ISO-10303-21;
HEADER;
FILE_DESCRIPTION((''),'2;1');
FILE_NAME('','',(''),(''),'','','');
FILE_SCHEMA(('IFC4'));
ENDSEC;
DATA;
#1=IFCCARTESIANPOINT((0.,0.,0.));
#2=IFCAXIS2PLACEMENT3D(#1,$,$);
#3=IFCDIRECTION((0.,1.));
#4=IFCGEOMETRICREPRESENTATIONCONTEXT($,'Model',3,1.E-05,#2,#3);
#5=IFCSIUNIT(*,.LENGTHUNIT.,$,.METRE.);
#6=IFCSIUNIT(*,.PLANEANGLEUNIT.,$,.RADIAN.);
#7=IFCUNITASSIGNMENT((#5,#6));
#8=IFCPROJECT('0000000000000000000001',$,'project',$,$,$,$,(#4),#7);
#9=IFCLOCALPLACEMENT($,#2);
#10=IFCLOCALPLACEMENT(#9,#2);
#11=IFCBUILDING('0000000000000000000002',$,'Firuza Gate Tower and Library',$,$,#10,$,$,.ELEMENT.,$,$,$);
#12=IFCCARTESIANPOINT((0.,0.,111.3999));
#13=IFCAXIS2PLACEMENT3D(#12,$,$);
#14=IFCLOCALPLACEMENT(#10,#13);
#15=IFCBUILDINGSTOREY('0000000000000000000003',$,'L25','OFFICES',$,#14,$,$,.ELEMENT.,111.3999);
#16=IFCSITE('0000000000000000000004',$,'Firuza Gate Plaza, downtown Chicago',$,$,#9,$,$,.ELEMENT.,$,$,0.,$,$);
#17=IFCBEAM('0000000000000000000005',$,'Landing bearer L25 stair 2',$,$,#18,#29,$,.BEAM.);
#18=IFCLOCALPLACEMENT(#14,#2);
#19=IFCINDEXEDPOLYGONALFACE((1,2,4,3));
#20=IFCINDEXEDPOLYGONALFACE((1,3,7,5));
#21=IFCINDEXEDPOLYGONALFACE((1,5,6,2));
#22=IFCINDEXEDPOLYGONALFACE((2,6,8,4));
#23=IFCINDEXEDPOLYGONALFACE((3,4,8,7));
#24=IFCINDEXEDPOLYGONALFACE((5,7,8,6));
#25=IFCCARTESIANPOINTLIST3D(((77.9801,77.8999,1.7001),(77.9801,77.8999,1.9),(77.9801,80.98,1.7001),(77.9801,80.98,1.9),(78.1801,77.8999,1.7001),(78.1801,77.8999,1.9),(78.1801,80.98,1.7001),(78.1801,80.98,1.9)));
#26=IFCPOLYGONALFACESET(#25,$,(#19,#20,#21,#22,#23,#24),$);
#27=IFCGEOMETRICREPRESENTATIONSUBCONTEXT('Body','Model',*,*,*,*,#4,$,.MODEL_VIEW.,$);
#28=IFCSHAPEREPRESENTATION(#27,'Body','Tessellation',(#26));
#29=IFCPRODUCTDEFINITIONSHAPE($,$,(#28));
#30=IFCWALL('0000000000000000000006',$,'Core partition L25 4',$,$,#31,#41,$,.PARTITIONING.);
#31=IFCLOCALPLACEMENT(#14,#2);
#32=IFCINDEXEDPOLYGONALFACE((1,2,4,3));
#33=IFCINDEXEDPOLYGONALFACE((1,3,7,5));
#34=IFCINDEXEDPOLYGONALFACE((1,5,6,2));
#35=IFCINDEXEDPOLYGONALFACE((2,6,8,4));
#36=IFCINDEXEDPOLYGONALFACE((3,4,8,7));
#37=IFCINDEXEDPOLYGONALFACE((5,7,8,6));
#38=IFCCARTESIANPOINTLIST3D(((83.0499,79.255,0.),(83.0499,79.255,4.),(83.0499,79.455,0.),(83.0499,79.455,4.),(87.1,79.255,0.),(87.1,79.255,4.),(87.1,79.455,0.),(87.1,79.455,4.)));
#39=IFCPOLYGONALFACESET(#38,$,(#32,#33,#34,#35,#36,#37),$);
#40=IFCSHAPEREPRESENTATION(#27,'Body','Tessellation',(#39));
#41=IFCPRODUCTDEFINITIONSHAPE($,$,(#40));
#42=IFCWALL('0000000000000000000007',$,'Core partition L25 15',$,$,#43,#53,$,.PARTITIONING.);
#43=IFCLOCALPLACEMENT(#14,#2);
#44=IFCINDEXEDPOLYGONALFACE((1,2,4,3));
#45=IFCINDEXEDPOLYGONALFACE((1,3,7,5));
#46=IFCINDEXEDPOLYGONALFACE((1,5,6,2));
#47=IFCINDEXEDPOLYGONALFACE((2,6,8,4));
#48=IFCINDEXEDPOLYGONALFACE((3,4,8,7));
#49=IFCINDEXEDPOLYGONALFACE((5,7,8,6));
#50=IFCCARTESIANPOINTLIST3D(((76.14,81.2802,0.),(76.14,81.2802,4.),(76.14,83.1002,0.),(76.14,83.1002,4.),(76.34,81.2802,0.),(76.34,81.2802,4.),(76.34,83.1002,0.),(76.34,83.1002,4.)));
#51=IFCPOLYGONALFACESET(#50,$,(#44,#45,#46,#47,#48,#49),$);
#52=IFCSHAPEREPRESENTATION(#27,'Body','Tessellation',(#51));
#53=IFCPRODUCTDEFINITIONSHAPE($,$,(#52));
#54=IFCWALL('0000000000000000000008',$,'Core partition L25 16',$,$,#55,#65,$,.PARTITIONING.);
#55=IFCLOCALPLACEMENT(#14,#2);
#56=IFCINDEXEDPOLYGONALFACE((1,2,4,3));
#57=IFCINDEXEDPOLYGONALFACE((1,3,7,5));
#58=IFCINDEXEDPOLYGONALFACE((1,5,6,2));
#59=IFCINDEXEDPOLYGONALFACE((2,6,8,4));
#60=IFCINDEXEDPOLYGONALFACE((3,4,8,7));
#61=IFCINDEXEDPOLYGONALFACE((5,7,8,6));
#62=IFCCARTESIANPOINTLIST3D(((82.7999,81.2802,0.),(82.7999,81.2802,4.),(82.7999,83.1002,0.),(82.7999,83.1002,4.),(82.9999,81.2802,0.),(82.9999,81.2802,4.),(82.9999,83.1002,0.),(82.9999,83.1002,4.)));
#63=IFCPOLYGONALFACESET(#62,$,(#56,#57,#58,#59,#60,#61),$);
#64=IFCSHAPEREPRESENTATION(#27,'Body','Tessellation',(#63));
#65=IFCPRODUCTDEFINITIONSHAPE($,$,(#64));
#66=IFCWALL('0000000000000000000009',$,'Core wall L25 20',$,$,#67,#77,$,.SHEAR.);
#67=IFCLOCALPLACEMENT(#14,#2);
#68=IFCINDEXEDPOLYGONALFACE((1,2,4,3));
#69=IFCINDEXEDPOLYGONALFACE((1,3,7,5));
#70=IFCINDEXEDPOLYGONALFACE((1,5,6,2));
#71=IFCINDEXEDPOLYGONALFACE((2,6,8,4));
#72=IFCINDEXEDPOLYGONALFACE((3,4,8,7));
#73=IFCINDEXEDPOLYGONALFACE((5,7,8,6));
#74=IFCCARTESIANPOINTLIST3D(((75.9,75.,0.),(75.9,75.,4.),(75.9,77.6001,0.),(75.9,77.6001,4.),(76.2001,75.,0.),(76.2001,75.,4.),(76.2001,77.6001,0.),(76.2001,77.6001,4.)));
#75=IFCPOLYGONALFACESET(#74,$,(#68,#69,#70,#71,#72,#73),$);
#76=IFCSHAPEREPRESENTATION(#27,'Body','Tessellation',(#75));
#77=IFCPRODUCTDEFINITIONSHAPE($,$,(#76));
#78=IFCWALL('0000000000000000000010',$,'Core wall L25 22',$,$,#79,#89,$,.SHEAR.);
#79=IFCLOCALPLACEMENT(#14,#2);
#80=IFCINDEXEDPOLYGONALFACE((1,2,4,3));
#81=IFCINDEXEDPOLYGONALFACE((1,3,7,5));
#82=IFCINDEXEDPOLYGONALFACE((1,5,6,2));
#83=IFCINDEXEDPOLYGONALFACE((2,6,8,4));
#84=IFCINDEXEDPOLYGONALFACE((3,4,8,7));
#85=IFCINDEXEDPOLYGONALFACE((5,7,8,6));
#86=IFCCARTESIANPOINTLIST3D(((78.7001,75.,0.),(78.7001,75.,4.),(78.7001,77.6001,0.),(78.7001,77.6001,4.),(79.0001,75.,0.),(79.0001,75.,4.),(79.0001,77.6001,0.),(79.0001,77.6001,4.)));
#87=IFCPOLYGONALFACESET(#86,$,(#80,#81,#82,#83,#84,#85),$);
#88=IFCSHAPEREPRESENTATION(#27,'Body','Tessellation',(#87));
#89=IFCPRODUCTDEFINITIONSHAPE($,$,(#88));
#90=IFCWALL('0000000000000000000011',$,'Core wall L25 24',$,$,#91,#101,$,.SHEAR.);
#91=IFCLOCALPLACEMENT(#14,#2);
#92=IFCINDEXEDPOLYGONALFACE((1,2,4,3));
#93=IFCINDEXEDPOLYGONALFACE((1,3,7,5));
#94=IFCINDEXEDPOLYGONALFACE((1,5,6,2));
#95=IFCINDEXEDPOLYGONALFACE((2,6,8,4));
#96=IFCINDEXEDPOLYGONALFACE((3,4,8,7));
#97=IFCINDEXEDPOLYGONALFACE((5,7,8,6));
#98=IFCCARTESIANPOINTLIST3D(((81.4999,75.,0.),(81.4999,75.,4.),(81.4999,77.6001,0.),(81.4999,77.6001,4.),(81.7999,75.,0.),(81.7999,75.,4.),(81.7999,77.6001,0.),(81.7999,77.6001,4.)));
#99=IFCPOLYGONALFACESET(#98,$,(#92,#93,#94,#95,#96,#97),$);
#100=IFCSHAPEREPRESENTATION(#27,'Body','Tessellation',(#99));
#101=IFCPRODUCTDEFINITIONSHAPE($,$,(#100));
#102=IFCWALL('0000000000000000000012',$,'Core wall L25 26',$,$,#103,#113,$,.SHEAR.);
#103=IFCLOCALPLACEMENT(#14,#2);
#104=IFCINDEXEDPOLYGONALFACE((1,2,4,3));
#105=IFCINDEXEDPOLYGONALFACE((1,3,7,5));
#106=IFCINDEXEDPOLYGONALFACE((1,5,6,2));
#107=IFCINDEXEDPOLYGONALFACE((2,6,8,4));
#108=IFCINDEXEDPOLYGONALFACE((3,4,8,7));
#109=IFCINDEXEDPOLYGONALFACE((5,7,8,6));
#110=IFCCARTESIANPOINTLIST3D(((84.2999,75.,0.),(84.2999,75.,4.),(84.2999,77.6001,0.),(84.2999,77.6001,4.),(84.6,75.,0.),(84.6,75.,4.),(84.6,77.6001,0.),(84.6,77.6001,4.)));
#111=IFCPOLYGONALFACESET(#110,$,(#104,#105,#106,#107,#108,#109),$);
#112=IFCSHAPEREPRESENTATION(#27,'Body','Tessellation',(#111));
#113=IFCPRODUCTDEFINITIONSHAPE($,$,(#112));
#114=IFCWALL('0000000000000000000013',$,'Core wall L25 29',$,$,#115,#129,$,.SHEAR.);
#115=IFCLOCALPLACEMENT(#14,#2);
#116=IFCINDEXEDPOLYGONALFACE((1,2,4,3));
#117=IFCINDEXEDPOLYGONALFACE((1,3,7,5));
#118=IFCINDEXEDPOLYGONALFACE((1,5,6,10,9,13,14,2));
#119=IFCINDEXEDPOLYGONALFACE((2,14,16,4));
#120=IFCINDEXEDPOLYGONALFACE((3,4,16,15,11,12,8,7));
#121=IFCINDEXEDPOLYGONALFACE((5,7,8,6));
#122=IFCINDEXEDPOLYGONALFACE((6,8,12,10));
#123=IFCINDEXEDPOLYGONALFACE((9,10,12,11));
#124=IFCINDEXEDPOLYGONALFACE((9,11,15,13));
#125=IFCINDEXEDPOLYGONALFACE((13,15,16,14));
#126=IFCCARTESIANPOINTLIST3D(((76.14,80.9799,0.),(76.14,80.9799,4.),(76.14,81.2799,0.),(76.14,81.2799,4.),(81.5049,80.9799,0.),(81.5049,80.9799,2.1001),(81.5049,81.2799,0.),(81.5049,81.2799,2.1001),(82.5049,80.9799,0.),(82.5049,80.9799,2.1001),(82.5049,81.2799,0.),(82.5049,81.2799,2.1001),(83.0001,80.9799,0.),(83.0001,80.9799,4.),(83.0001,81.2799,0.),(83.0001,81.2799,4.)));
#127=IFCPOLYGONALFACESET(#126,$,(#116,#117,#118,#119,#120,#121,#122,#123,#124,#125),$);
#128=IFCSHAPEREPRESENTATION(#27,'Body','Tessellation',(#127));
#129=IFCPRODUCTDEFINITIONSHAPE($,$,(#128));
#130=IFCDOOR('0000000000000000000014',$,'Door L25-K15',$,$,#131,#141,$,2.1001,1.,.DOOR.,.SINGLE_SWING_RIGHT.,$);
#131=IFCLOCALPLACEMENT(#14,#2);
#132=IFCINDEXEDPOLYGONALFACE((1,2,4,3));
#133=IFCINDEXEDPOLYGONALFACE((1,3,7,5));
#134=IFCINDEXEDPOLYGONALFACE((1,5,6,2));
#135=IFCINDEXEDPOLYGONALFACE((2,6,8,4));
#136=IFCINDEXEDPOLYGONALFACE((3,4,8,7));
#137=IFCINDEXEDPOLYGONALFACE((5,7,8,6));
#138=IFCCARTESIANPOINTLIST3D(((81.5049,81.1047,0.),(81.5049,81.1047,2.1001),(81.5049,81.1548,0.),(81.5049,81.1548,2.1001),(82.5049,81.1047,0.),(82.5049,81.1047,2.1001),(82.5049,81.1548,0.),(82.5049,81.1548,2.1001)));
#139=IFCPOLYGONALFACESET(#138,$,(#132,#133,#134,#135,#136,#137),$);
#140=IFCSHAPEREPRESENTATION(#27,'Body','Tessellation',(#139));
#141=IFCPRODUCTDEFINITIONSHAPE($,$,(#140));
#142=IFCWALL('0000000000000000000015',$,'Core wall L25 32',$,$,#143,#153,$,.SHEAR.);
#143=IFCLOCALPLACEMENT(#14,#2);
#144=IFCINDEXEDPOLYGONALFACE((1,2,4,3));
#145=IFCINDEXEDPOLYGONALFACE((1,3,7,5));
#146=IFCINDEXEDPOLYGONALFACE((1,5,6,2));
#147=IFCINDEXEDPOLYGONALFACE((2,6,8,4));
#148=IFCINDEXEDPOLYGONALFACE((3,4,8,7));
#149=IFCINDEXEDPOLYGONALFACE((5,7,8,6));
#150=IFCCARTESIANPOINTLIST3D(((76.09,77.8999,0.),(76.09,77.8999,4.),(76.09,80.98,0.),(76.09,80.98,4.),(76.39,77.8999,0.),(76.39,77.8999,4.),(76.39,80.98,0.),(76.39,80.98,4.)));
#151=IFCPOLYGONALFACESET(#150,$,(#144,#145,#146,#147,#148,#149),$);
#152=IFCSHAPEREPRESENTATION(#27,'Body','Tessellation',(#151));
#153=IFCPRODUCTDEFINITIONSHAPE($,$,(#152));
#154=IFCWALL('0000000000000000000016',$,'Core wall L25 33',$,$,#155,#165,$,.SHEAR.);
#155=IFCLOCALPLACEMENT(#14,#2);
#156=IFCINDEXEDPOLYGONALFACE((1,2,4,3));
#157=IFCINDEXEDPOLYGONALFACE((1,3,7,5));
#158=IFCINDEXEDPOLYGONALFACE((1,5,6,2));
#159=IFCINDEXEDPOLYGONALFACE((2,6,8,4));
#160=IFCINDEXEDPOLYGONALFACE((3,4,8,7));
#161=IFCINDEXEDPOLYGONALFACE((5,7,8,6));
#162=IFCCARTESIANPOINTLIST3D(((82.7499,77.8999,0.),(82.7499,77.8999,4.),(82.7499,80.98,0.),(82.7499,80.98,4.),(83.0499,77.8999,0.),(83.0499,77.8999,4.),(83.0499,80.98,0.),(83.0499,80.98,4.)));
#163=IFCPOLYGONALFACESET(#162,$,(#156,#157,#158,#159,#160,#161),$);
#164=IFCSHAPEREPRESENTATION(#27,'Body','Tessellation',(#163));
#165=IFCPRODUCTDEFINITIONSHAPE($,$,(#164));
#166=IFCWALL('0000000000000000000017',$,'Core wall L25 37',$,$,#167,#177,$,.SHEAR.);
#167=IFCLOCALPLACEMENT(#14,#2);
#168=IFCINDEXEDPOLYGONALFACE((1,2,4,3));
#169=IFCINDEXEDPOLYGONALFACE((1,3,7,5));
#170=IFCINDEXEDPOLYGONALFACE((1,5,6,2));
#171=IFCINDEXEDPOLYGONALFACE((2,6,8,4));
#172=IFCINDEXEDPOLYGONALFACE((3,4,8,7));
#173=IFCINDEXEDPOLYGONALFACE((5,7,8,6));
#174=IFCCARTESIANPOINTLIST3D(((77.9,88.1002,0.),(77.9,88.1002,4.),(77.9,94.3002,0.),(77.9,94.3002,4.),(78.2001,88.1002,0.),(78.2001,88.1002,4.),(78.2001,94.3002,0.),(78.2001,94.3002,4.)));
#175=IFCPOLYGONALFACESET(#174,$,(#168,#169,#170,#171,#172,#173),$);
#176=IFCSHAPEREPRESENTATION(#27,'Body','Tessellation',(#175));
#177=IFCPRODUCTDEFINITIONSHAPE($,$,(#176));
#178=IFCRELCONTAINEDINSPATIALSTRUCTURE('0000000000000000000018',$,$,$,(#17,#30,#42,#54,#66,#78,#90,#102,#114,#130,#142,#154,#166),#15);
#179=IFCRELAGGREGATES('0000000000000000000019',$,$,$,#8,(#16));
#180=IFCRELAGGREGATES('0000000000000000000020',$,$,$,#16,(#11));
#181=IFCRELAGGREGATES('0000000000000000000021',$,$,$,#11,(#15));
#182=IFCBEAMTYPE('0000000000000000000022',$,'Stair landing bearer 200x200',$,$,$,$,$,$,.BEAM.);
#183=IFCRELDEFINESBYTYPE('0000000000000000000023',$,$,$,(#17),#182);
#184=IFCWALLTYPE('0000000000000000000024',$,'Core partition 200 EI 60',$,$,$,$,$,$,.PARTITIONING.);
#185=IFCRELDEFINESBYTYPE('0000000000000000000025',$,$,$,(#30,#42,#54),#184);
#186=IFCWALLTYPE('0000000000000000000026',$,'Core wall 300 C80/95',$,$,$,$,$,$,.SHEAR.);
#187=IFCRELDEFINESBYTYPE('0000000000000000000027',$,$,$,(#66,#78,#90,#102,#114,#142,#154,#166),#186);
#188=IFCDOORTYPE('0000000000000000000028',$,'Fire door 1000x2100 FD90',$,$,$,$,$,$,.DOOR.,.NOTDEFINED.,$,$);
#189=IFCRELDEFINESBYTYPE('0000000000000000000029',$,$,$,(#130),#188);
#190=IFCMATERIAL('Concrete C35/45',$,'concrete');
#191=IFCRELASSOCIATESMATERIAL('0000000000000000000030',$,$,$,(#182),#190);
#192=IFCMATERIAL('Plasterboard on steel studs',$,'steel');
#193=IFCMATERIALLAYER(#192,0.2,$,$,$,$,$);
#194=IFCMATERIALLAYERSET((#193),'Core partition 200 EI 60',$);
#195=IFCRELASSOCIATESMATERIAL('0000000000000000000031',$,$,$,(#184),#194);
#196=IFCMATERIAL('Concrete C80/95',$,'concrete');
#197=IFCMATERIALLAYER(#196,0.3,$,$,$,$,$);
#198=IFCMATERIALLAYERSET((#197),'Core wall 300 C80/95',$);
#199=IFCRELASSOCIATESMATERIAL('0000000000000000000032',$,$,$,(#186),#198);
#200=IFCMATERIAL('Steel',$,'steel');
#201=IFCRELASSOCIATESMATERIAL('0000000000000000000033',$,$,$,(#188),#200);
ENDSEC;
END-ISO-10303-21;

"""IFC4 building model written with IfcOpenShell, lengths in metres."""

from ifc_helpers import new_model, si_unit, direction, frame, frame_2d, origin, origin_2d, place, context, subcontext, project, spatial, rectangle, extrude, material, layer, layer_set, material_profile, profile_set, type_object, element, fill, save


model = new_model("IFC4")

# Units and contexts
model_context = context("Model", 3, precision=1e-05, world=origin(), true_north=direction((0.0, 1.0)))
body_context = subcontext(model_context, "Body", "Model", "MODEL_VIEW")
ifc_project = project(units=[si_unit("LENGTHUNIT", "METRE"), si_unit("PLANEANGLEUNIT", "RADIAN")], contexts=[model_context])

# Site, building, storey
site_placement = place(None, origin())
site = spatial("IfcSite", under=ifc_project, at=site_placement, Name="Firuza Gate Plaza, downtown Chicago", CompositionType="ELEMENT", RefElevation=0.0)
building_placement = place(site_placement, origin())
building = spatial("IfcBuilding", under=site, at=building_placement, Name="Firuza Gate Tower and Library", CompositionType="ELEMENT")
storey_placement = place(building_placement, frame((0.0, 0.0, 111.3999)))
storey = spatial("IfcBuildingStorey", under=building, at=storey_placement, Name="L25", Description="OFFICES", CompositionType="ELEMENT", Elevation=111.3999)

# Beam
ifc_material_1 = material(Name="Concrete C35/45", Category="concrete")
ifc_material_profile = material_profile(ifc_material_1, rectangle(XDim=0.2, YDim=0.2, at=origin_2d()))
ifc_profile_set = profile_set([ifc_material_profile], Name="Concrete C35/45")
beam_type = type_object("IfcBeamType", Name="Stair landing bearer 200x200", PredefinedType="BEAM", material=ifc_profile_set)
beam_placement = place(storey_placement, frame((78.0801, 80.98, 1.8), z_axis=(0.0, -1.0, 0.0), x_axis=(1.0, 0.0, 0.0)))
element("IfcBeam", 1, at=beam_placement, inside=storey, type_object=beam_type, Name="Landing bearer L25 stair 2", PredefinedType="BEAM", context=body_context, shape_type="SweptSolid", body=[
    extrude(rectangle(XDim=0.2, YDim=0.2, at=origin_2d()), origin(), (0.0, 0.0, 1.0), 3.0801),
])

# Walls
ifc_material_2 = material(Name="Plasterboard on steel studs", Category="steel")
ifc_layer_1 = layer(ifc_material_2, 0.2)
ifc_layer_set_1 = layer_set([ifc_layer_1], Name="Core partition 200 EI 60")
wall_type_1 = type_object("IfcWallType", Name="Core partition 200 EI 60", PredefinedType="PARTITIONING", material=ifc_layer_set_1)
wall_1_placement = place(storey_placement, frame((83.05, 79.355, 0.0), z_axis=(0.0, 0.0, 1.0), x_axis=(1.0, 0.0, 0.0)))
element("IfcWall", 2, at=wall_1_placement, inside=storey, type_object=wall_type_1, Name="Core partition L25 4", PredefinedType="PARTITIONING", context=body_context, shape_type="SweptSolid", body=[
    extrude(rectangle(XDim=4.05, YDim=0.2, at=frame_2d((2.0249, 0.0))), origin(), (0.0, 0.0, 1.0), 4.0),
])
for number, where, z_axis, x_axis, name in (
    (3, (76.24, 81.28, 0.0), (0.0, 0.0, 1.0), (0.0, 1.0, 0.0), "Core partition L25 15"),
    (4, (82.8999, 81.28, 0.0), (0.0, 0.0, 1.0), (0.0, 1.0, 0.0), "Core partition L25 16"),
):
    element("IfcWall", number, at=place(storey_placement, frame(where, z_axis=z_axis, x_axis=x_axis)), inside=storey, type_object=wall_type_1, Name=name, PredefinedType="PARTITIONING", context=body_context, shape_type="SweptSolid", body=[
        extrude(rectangle(XDim=1.8201, YDim=0.2, at=frame_2d((0.9102, 0.0))), origin(), (0.0, 0.0, 1.0), 4.0),
    ])
ifc_material_3 = material(Name="Concrete C80/95", Category="concrete")
ifc_layer_2 = layer(ifc_material_3, 0.3)
ifc_layer_set_2 = layer_set([ifc_layer_2], Name="Core wall 300 C80/95")
wall_type_2 = type_object("IfcWallType", Name="Core wall 300 C80/95", PredefinedType="SHEAR", material=ifc_layer_set_2)
for number, where, z_axis, x_axis, name in (
    (5, (76.05, 75.0, 0.0), (0.0, 0.0, 1.0), (0.0, 1.0, 0.0), "Core wall L25 20"),
    (6, (78.8501, 75.0, 0.0), (0.0, 0.0, 1.0), (0.0, 1.0, 0.0), "Core wall L25 22"),
    (7, (81.6499, 75.0, 0.0), (0.0, 0.0, 1.0), (0.0, 1.0, 0.0), "Core wall L25 24"),
    (8, (84.45, 75.0, 0.0), (0.0, 0.0, 1.0), (0.0, 1.0, 0.0), "Core wall L25 26"),
):
    element("IfcWall", number, at=place(storey_placement, frame(where, z_axis=z_axis, x_axis=x_axis)), inside=storey, type_object=wall_type_2, Name=name, PredefinedType="SHEAR", context=body_context, shape_type="SweptSolid", body=[
        extrude(rectangle(XDim=2.6001, YDim=0.3, at=frame_2d((1.3, 0.0))), origin(), (0.0, 0.0, 1.0), 4.0),
    ])

# Wall, opening, door
wall_2_placement = place(storey_placement, frame((76.1399, 81.1299, 0.0), z_axis=(0.0, 0.0, 1.0), x_axis=(1.0, 0.0, 0.0)))
wall_2 = element("IfcWall", 9, at=wall_2_placement, inside=storey, type_object=wall_type_2, Name="Core wall L25 29", PredefinedType="SHEAR", context=body_context, shape_type="SweptSolid", body=[
    extrude(rectangle(XDim=6.8601, YDim=0.3, at=frame_2d((3.4302, 0.0))), origin(), (0.0, 0.0, 1.0), 4.0),
])
opening_1_placement = place(wall_2_placement, frame((5.365, 0.0, 0.0)))
opening_1 = element("IfcOpeningElement", 10, at=opening_1_placement, cuts=wall_2, PredefinedType="OPENING", context=body_context, shape_type="SweptSolid", body=[
    extrude(rectangle(XDim=1.0, YDim=2.1001, at=frame_2d((0.5, 1.05))), frame((0.0, 0.1602, 0.0), z_axis=(0.0, -1.0, 0.0), x_axis=(1.0, 0.0, 0.0)), (0.0, 0.0, 1.0), 0.3201),
])
ifc_material_4 = material(Name="Steel", Category="steel")
door_type_1 = type_object("IfcDoorType", Name="Fire door 1000x2100 FD90", OperationType="NOTDEFINED", PredefinedType="DOOR", material=ifc_material_4)
door_1_placement = place(opening_1_placement, origin())
door_1 = element("IfcDoor", 11, at=door_1_placement, inside=storey, type_object=door_type_1, Name="Door L25-K15", OperationType="SINGLE_SWING_RIGHT", OverallHeight=2.1001, OverallWidth=1.0, PredefinedType="DOOR", context=body_context, shape_type="SweptSolid", body=[
    extrude(rectangle(XDim=1.0, YDim=2.1001, at=frame_2d((0.5, 1.05))), frame((0.0, 0.0249, 0.0), z_axis=(0.0, -1.0, 0.0), x_axis=(1.0, 0.0, 0.0)), (0.0, 0.0, 1.0), 0.05),
])
fill(opening_1, door_1)

# Walls
for number, where, z_axis, x_axis, name in (
    (12, (76.24, 77.8999, 0.0), (0.0, 0.0, 1.0), (0.0, 1.0, 0.0), "Core wall L25 32"),
    (13, (82.8999, 77.8999, 0.0), (0.0, 0.0, 1.0), (0.0, 1.0, 0.0), "Core wall L25 33"),
):
    element("IfcWall", number, at=place(storey_placement, frame(where, z_axis=z_axis, x_axis=x_axis)), inside=storey, type_object=wall_type_2, Name=name, PredefinedType="SHEAR", context=body_context, shape_type="SweptSolid", body=[
        extrude(rectangle(XDim=3.0801, YDim=0.3, at=frame_2d((1.54, 0.0))), origin(), (0.0, 0.0, 1.0), 4.0),
    ])
wall_3_placement = place(storey_placement, frame((78.05, 88.1001, 0.0), z_axis=(0.0, 0.0, 1.0), x_axis=(0.0, 1.0, 0.0)))
element("IfcWall", 14, at=wall_3_placement, inside=storey, type_object=wall_type_2, Name="Core wall L25 37", PredefinedType="SHEAR", context=body_context, shape_type="SweptSolid", body=[
    extrude(rectangle(XDim=6.2, YDim=0.3, at=frame_2d((3.1001, 0.0))), origin(), (0.0, 0.0, 1.0), 4.0),
])

save(model, "model.ifc")
